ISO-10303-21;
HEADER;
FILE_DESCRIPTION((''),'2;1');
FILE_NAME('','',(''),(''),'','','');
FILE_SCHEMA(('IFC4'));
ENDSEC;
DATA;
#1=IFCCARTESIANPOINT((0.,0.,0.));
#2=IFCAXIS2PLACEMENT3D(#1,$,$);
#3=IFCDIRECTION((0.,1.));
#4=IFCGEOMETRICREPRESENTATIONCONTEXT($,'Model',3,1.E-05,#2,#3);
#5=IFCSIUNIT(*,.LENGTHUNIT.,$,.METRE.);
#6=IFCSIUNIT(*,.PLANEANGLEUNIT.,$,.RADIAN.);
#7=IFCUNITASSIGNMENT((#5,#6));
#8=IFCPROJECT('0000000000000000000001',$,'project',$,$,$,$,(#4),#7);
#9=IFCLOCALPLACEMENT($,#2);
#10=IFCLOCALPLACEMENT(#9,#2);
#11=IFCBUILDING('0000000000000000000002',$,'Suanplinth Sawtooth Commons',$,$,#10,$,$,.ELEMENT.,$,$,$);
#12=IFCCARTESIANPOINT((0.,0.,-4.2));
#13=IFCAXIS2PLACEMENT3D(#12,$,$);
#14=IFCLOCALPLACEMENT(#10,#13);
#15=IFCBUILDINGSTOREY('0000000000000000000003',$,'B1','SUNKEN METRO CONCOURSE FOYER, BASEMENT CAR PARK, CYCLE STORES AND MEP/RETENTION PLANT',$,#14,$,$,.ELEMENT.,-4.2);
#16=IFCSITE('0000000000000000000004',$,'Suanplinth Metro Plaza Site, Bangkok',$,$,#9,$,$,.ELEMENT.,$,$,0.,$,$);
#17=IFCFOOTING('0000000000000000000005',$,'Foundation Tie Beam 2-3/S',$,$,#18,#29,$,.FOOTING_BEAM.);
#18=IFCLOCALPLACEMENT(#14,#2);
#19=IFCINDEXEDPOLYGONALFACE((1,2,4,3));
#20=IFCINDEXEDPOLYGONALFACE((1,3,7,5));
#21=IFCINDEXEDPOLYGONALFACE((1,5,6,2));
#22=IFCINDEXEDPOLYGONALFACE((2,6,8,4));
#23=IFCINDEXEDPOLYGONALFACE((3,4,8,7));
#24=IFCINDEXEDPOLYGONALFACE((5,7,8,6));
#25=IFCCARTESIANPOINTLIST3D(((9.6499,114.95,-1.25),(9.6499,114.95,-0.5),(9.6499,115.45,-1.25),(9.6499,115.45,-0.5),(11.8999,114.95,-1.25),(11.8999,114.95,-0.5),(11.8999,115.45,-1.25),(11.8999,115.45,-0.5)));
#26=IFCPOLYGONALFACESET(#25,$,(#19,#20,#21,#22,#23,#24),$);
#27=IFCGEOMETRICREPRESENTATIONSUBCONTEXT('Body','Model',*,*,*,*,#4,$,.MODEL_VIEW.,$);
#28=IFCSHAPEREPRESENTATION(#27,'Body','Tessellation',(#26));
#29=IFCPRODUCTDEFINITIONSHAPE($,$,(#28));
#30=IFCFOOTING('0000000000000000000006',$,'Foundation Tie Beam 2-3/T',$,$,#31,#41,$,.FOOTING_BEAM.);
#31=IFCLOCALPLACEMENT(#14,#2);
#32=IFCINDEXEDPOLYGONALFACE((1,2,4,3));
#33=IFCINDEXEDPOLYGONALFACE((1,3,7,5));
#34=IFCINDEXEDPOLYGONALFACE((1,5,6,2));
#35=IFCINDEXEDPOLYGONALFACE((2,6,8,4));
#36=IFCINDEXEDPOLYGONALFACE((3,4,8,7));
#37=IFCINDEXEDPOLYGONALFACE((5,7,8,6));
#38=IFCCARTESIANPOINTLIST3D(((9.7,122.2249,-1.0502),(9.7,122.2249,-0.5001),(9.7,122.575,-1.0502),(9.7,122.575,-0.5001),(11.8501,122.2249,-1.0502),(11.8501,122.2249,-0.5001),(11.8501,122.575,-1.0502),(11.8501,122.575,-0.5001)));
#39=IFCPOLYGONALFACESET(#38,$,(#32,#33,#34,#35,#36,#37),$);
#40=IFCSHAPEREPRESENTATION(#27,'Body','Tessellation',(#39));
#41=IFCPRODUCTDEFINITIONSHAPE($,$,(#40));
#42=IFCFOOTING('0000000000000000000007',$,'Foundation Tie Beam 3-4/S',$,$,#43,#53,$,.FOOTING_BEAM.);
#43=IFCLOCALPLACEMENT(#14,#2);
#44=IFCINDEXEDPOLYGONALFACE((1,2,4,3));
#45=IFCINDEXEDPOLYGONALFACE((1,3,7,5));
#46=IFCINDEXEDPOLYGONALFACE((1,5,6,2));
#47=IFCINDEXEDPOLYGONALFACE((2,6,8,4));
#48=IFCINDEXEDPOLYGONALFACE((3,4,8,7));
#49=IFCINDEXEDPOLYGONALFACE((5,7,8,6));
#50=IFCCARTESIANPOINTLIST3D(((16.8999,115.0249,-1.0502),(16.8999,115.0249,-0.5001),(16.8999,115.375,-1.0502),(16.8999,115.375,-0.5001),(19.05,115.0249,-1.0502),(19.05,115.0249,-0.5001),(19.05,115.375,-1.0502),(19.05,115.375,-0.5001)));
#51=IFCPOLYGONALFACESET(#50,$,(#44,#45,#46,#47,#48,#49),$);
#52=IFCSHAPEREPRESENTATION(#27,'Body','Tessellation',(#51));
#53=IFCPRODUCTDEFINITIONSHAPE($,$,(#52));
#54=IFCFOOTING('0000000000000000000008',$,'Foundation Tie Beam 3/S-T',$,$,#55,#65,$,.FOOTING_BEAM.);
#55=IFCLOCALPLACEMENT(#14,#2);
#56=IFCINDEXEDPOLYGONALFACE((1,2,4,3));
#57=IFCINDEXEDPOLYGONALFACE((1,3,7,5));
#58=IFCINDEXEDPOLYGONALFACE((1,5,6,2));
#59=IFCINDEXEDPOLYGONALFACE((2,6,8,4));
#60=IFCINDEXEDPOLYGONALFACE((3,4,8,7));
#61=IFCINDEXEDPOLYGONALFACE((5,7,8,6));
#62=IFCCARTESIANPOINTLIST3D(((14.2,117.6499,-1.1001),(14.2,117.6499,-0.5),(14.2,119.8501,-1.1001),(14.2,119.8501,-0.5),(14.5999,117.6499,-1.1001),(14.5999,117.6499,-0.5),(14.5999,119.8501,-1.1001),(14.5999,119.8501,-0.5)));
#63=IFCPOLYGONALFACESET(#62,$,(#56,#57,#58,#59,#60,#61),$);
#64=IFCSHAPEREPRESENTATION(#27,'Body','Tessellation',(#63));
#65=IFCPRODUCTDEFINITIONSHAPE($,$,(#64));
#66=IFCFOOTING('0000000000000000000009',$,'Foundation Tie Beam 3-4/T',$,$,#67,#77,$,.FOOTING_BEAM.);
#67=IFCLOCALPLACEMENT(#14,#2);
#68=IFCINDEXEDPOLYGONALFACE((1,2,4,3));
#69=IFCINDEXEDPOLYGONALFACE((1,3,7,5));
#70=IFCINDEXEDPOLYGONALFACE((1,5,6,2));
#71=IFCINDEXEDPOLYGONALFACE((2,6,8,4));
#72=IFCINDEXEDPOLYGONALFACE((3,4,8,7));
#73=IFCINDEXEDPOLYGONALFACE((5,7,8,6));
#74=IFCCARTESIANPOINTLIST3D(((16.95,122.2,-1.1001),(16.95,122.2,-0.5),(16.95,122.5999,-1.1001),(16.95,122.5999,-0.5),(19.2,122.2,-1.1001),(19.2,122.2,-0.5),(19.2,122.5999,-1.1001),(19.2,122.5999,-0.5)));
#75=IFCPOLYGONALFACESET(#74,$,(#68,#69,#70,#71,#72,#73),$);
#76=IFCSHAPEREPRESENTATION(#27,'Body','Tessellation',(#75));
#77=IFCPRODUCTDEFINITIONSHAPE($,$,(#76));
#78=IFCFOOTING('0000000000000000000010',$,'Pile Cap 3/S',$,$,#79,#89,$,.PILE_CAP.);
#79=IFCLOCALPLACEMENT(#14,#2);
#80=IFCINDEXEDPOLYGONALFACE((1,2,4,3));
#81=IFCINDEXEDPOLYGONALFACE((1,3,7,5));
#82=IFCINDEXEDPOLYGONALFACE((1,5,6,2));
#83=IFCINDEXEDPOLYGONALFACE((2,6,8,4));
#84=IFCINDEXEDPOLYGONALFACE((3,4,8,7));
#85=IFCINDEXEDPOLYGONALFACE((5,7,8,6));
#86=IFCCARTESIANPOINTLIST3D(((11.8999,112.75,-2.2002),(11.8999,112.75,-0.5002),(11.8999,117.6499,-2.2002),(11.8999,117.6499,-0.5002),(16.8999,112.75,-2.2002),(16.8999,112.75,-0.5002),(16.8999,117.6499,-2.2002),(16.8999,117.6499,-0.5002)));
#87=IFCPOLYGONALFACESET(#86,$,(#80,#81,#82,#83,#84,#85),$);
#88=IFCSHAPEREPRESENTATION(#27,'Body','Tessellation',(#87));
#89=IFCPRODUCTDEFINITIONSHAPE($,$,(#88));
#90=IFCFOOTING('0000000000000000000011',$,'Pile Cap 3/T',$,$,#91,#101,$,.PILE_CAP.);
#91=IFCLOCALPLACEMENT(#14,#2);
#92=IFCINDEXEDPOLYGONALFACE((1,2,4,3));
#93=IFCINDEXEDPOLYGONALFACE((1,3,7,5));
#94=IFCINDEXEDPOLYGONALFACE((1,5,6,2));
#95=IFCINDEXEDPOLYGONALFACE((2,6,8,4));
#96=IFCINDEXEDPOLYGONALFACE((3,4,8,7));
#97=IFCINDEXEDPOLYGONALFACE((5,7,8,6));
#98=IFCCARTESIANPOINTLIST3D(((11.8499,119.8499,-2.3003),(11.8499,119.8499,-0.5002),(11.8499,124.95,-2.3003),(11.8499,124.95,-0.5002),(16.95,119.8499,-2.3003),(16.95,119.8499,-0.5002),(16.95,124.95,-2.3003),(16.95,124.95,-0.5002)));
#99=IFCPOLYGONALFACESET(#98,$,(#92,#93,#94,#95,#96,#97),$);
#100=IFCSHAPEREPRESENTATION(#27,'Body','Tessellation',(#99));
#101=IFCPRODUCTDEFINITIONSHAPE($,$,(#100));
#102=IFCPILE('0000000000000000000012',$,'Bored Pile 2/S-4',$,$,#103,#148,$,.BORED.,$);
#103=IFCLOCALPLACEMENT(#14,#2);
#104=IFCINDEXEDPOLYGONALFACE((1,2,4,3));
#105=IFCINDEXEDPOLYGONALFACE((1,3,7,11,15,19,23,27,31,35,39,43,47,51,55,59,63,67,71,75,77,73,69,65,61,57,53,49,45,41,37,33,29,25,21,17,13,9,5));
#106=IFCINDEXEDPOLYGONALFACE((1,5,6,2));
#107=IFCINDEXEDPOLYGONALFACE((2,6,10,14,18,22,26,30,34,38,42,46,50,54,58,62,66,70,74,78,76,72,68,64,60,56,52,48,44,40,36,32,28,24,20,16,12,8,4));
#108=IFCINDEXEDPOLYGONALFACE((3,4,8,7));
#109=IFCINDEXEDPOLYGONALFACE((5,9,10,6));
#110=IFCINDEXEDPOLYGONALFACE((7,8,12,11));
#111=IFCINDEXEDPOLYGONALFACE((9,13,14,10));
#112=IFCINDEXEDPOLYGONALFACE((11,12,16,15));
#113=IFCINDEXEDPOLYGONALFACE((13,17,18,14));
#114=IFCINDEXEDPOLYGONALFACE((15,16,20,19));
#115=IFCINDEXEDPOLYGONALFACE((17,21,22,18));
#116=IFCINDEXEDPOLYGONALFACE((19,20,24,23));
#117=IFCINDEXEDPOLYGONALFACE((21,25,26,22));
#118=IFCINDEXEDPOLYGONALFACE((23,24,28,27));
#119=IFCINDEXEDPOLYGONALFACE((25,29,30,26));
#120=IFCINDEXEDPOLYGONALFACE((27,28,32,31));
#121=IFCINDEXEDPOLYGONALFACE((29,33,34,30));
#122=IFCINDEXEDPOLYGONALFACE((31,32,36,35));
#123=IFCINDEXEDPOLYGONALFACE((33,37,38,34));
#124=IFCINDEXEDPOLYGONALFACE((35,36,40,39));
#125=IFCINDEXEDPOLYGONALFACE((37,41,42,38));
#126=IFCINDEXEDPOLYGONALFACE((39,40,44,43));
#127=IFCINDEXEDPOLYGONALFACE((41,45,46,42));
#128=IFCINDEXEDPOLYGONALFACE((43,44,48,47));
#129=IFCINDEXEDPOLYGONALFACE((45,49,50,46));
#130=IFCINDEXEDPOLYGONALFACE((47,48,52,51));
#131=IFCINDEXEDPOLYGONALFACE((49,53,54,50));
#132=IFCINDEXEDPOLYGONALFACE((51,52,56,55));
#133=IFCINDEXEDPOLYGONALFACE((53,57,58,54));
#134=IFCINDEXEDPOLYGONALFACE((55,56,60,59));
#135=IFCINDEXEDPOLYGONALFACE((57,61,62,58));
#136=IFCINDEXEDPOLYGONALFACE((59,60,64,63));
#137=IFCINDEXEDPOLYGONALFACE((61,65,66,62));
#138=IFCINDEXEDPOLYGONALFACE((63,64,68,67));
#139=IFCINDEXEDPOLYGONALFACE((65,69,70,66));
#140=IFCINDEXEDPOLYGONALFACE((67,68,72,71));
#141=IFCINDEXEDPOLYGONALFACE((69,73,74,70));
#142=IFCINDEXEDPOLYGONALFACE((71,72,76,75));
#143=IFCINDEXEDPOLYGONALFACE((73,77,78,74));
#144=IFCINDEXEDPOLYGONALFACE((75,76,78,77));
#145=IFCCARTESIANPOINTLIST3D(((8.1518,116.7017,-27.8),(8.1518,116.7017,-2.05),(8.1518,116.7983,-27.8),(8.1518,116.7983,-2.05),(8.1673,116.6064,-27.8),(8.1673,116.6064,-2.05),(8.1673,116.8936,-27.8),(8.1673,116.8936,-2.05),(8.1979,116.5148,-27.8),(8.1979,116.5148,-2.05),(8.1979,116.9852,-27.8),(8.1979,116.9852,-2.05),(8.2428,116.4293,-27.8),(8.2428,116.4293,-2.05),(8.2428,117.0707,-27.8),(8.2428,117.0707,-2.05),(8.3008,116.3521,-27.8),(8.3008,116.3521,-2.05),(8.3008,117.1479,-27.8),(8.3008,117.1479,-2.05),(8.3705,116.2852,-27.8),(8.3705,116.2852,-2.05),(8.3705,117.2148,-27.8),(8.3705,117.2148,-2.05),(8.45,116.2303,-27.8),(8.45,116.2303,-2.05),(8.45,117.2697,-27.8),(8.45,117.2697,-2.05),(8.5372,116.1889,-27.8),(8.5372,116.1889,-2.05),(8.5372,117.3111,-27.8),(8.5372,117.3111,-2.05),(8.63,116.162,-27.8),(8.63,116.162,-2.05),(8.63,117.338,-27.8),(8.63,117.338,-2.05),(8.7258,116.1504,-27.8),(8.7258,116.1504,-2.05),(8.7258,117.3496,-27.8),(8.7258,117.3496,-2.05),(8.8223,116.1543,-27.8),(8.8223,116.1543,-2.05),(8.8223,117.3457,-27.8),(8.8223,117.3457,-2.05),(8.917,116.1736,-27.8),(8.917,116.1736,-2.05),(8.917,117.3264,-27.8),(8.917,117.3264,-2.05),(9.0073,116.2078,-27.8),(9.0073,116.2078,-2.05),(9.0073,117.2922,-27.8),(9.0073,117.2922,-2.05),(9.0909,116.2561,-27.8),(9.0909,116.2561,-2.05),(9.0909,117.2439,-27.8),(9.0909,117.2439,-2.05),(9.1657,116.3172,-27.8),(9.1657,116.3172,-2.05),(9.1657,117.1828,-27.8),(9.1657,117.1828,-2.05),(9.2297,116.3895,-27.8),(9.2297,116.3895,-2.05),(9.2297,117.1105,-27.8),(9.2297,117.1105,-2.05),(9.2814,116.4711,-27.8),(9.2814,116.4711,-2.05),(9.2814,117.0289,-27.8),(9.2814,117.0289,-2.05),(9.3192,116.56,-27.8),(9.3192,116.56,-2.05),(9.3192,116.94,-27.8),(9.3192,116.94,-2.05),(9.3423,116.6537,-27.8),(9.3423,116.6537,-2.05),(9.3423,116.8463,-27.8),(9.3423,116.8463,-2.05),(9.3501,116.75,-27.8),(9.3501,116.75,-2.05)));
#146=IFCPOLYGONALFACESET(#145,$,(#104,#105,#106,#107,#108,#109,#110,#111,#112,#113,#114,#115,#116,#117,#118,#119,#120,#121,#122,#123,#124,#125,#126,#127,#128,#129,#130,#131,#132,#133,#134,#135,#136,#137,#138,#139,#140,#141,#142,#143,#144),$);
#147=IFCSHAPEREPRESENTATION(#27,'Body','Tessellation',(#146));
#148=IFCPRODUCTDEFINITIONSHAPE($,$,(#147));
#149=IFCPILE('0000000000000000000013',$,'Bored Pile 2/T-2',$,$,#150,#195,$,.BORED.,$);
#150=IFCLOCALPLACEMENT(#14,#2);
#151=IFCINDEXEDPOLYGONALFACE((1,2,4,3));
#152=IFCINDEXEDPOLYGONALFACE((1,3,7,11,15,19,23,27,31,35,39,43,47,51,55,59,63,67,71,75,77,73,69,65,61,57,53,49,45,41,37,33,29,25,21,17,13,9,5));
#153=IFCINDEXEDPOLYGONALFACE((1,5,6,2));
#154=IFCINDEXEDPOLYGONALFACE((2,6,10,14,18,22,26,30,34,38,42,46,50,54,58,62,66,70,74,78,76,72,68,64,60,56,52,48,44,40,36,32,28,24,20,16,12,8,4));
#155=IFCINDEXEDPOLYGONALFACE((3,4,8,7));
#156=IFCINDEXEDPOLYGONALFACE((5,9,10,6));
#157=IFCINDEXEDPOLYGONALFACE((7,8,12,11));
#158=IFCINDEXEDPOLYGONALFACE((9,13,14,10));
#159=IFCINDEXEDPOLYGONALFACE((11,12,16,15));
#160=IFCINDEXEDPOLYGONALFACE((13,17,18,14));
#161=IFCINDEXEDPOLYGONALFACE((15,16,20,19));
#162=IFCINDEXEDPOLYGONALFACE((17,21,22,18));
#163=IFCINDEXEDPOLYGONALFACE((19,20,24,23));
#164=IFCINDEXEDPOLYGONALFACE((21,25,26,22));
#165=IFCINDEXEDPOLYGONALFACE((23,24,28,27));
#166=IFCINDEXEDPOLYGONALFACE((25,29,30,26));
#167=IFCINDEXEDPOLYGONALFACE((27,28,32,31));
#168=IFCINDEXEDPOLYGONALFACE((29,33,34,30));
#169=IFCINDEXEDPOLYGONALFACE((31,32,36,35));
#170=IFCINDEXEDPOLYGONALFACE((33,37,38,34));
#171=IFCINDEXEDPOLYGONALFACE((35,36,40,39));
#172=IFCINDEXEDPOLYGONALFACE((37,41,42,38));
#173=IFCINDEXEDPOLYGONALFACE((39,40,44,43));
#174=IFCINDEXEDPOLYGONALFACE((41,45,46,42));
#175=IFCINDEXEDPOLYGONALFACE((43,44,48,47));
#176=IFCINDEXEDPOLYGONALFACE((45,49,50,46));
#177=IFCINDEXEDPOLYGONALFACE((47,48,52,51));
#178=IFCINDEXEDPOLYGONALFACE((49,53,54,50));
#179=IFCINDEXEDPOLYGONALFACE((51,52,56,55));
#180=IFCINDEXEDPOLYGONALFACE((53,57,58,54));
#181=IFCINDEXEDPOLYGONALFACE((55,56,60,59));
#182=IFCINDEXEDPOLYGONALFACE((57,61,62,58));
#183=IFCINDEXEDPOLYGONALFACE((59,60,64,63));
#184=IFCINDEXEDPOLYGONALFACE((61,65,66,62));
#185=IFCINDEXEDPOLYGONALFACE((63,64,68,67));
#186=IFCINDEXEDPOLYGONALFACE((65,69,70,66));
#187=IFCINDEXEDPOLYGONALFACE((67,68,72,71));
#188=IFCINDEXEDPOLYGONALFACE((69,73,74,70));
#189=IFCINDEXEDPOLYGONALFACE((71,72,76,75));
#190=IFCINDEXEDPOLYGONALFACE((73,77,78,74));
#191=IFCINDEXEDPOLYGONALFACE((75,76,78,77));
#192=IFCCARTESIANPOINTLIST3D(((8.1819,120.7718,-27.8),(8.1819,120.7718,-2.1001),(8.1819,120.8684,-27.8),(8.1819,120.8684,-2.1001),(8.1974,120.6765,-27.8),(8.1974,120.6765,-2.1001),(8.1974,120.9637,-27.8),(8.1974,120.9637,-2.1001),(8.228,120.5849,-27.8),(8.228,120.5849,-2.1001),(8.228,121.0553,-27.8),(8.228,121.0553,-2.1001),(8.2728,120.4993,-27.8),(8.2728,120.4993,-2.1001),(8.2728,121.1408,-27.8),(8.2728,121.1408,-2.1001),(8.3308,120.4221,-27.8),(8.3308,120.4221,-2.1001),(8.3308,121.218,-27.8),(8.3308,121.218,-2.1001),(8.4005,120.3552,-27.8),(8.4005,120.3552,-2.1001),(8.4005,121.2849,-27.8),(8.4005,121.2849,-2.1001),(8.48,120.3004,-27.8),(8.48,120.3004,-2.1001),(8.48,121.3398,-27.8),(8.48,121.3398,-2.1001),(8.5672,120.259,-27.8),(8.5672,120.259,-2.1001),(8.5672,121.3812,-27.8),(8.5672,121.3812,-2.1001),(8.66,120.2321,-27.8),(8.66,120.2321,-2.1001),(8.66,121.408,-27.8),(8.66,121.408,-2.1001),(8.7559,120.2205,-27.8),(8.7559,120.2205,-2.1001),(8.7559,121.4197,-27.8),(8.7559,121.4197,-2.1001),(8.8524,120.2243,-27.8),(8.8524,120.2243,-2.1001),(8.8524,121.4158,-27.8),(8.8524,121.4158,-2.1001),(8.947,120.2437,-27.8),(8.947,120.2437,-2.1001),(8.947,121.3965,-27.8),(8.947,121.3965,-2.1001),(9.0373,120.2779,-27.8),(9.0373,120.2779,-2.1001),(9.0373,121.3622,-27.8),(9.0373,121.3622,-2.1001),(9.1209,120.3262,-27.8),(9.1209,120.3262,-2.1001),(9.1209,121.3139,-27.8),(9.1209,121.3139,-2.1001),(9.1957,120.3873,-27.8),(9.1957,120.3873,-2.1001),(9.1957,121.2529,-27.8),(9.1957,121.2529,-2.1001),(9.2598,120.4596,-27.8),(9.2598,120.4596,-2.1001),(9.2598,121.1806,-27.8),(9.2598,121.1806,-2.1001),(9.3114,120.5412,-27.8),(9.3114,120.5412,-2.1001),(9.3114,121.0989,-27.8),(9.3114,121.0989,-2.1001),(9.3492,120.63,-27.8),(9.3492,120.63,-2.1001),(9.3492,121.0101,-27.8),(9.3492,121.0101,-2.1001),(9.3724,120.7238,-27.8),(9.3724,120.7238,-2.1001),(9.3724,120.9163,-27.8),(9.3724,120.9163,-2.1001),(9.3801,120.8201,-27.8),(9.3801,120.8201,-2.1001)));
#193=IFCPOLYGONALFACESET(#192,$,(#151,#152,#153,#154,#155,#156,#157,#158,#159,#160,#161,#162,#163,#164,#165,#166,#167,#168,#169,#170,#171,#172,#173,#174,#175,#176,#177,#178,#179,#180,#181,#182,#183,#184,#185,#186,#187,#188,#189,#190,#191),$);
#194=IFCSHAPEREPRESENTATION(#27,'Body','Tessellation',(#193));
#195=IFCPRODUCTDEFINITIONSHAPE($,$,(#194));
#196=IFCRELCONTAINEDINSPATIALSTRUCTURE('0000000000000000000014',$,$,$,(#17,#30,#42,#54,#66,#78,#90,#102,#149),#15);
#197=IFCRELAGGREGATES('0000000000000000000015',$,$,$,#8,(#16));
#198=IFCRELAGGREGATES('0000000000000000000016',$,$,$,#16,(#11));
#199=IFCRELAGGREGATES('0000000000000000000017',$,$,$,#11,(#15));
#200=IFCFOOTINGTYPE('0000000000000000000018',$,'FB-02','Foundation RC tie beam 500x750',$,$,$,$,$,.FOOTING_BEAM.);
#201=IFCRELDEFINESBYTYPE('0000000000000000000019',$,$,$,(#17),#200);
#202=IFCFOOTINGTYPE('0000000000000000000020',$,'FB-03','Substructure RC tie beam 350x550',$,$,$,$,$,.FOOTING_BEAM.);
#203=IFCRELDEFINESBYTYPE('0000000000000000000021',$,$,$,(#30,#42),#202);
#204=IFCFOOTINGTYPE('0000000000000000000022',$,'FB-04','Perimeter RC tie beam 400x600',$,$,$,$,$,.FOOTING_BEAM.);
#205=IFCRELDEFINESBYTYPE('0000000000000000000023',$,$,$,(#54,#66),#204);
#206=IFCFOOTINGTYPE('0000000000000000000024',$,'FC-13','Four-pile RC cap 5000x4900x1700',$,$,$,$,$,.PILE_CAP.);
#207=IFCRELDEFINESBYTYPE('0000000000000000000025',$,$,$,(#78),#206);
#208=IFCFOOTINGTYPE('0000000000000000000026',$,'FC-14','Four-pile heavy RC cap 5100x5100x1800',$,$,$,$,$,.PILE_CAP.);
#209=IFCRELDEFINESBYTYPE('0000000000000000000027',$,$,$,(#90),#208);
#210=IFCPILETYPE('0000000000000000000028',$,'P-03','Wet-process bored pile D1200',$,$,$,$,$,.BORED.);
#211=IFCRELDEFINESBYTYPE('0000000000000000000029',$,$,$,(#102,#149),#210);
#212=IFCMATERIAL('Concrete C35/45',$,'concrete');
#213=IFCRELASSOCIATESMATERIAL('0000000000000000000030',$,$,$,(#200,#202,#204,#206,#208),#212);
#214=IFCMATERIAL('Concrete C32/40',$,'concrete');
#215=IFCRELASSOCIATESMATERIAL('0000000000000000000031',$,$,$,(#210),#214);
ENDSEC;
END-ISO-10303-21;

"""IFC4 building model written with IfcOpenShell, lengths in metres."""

from ifc_helpers import new_model, si_unit, direction, frame, origin, origin_2d, place, context, subcontext, project, spatial, rectangle, circle, extrude, material, material_profile, profile_set, type_object, element, save


model = new_model("IFC4")

# Units and contexts
model_context = context("Model", 3, precision=1e-05, world=origin(), true_north=direction((0.0, 1.0)))
body_context = subcontext(model_context, "Body", "Model", "MODEL_VIEW")
ifc_project = project(units=[si_unit("LENGTHUNIT", "METRE"), si_unit("PLANEANGLEUNIT", "RADIAN")], contexts=[model_context])

# Site, building, storey
site_placement = place(None, origin())
site = spatial("IfcSite", under=ifc_project, at=site_placement, Name="Suanplinth Metro Plaza Site, Bangkok", CompositionType="ELEMENT", RefElevation=0.0)
building_placement = place(site_placement, origin())
building = spatial("IfcBuilding", under=site, at=building_placement, Name="Suanplinth Sawtooth Commons", CompositionType="ELEMENT")
storey_placement = place(building_placement, frame((0.0, 0.0, -4.2)))
storey = spatial("IfcBuildingStorey", under=building, at=storey_placement, Name="B1", Description="SUNKEN METRO CONCOURSE FOYER, BASEMENT CAR PARK, CYCLE STORES AND MEP/RETENTION PLANT", CompositionType="ELEMENT", Elevation=-4.2)

# Footings
ifc_material_1 = material(Name="Concrete C35/45", Category="concrete")
ifc_material_profile_1 = material_profile(ifc_material_1, rectangle(XDim=0.5, YDim=0.75, at=origin_2d()), Name="RC-GDR 500x750")
ifc_profile_set_1 = profile_set([ifc_material_profile_1], Name="Concrete C35/45")
footing_type_1 = type_object("IfcFootingType", Name="FB-02", Description="Foundation RC tie beam 500x750", PredefinedType="FOOTING_BEAM", material=ifc_profile_set_1)
footing_1_placement = place(storey_placement, frame((9.6499, 115.2, -0.875), z_axis=(1.0, 0.0, 0.0), x_axis=(0.0, 1.0, 0.0)))
element("IfcFooting", 1, at=footing_1_placement, inside=storey, type_object=footing_type_1, Name="Foundation Tie Beam 2-3/S", PredefinedType="FOOTING_BEAM", context=body_context, shape_type="SweptSolid", body=[
    extrude(rectangle(XDim=0.5, YDim=0.75, at=origin_2d()), origin(), (0.0, 0.0, 1.0), 2.25),
])
ifc_material_profile_2 = material_profile(ifc_material_1, rectangle(XDim=0.3501, YDim=0.55, at=origin_2d()), Name="PC-BM 350x550")
ifc_profile_set_2 = profile_set([ifc_material_profile_2], Name="Concrete C35/45")
footing_type_2 = type_object("IfcFootingType", Name="FB-03", Description="Substructure RC tie beam 350x550", PredefinedType="FOOTING_BEAM", material=ifc_profile_set_2)
for number, where, z_axis, x_axis, name in (
    (2, (9.7, 122.3999, -0.7751), (1.0, 0.0, 0.0), (0.0, 1.0, 0.0), "Foundation Tie Beam 2-3/T"),
    (3, (16.8999, 115.2, -0.7751), (1.0, 0.0, 0.0), (0.0, 1.0, 0.0), "Foundation Tie Beam 3-4/S"),
):
    element("IfcFooting", number, at=place(storey_placement, frame(where, z_axis=z_axis, x_axis=x_axis)), inside=storey, type_object=footing_type_2, Name=name, PredefinedType="FOOTING_BEAM", context=body_context, shape_type="SweptSolid", body=[
        extrude(rectangle(XDim=0.3501, YDim=0.55, at=origin_2d()), origin(), (0.0, 0.0, 1.0), 2.1501),
    ])
ifc_material_profile_3 = material_profile(ifc_material_1, rectangle(XDim=0.3999, YDim=0.6001, at=origin_2d()), Name="PC-GDR 400x600")
ifc_profile_set_3 = profile_set([ifc_material_profile_3], Name="Concrete C35/45")
footing_type_3 = type_object("IfcFootingType", Name="FB-04", Description="Perimeter RC tie beam 400x600", PredefinedType="FOOTING_BEAM", material=ifc_profile_set_3)
footing_2_placement = place(storey_placement, frame((14.3999, 117.6499, -0.8), z_axis=(0.0, 1.0, 0.0), x_axis=(-1.0, 0.0, 0.0)))
element("IfcFooting", 4, at=footing_2_placement, inside=storey, type_object=footing_type_3, Name="Foundation Tie Beam 3/S-T", PredefinedType="FOOTING_BEAM", context=body_context, shape_type="SweptSolid", body=[
    extrude(rectangle(XDim=0.3999, YDim=0.6001, at=origin_2d()), origin(), (0.0, 0.0, 1.0), 2.2002),
])
footing_3_placement = place(storey_placement, frame((16.95, 122.3999, -0.8), z_axis=(1.0, 0.0, 0.0), x_axis=(0.0, 1.0, 0.0)))
element("IfcFooting", 5, at=footing_3_placement, inside=storey, type_object=footing_type_3, Name="Foundation Tie Beam 3-4/T", PredefinedType="FOOTING_BEAM", context=body_context, shape_type="SweptSolid", body=[
    extrude(rectangle(XDim=0.3999, YDim=0.6001, at=origin_2d()), origin(), (0.0, 0.0, 1.0), 2.25),
])
footing_type_4 = type_object("IfcFootingType", Name="FC-13", Description="Four-pile RC cap 5000x4900x1700", PredefinedType="PILE_CAP", material=ifc_material_1)
footing_4_placement = place(storey_placement, frame((14.3999, 115.2, -2.2002), z_axis=(0.0, 0.0, 1.0), x_axis=(1.0, 0.0, 0.0)))
element("IfcFooting", 6, at=footing_4_placement, inside=storey, type_object=footing_type_4, Name="Pile Cap 3/S", PredefinedType="PILE_CAP", context=body_context, shape_type="SweptSolid", body=[
    extrude(rectangle(XDim=5.0, YDim=4.8999, at=origin_2d()), origin(), (0.0, 0.0, 1.0), 1.7),
])
footing_type_5 = type_object("IfcFootingType", Name="FC-14", Description="Four-pile heavy RC cap 5100x5100x1800", PredefinedType="PILE_CAP", material=ifc_material_1)
footing_5_placement = place(storey_placement, frame((14.3999, 122.3999, -2.3003), z_axis=(0.0, 0.0, 1.0), x_axis=(1.0, 0.0, 0.0)))
element("IfcFooting", 7, at=footing_5_placement, inside=storey, type_object=footing_type_5, Name="Pile Cap 3/T", PredefinedType="PILE_CAP", context=body_context, shape_type="SweptSolid", body=[
    extrude(rectangle(XDim=5.1001, YDim=5.1001, at=origin_2d()), origin(), (0.0, 0.0, 1.0), 1.8),
])

# Piles
ifc_material_2 = material(Name="Concrete C32/40", Category="concrete")
ifc_material_profile_4 = material_profile(ifc_material_2, circle(Radius=0.6001, at=origin_2d()), Name="PILE D1200")
ifc_profile_set_4 = profile_set([ifc_material_profile_4], Name="Concrete C32/40")
pile_type = type_object("IfcPileType", Name="P-03", Description="Wet-process bored pile D1200", PredefinedType="BORED", material=ifc_profile_set_4)
pile_placement = place(storey_placement, frame((8.75, 116.75, -2.05), z_axis=(0.0, 0.0, -1.0), x_axis=(1.0, 0.0, 0.0)))
element("IfcPile", 8, at=pile_placement, inside=storey, type_object=pile_type, Name="Bored Pile 2/S-4", PredefinedType="BORED", context=body_context, shape_type="SweptSolid", body=[
    extrude(circle(Radius=0.6001, at=origin_2d()), origin(), (0.0, 0.0, 1.0), 25.75),
])
for number, where, z_axis, x_axis, name in (
    (9, (8.78, 120.8201, -2.1001), (0.0, 0.0, -1.0), (1.0, 0.0, 0.0), "Bored Pile 2/T-2"),
):
    element("IfcPile", number, at=place(storey_placement, frame(where, z_axis=z_axis, x_axis=x_axis)), inside=storey, type_object=pile_type, Name=name, PredefinedType="BORED", context=body_context, shape_type="SweptSolid", body=[
        extrude(circle(Radius=0.6001, at=origin_2d()), origin(), (0.0, 0.0, 1.0), 25.7),
    ])

save(model, "model.ifc")
